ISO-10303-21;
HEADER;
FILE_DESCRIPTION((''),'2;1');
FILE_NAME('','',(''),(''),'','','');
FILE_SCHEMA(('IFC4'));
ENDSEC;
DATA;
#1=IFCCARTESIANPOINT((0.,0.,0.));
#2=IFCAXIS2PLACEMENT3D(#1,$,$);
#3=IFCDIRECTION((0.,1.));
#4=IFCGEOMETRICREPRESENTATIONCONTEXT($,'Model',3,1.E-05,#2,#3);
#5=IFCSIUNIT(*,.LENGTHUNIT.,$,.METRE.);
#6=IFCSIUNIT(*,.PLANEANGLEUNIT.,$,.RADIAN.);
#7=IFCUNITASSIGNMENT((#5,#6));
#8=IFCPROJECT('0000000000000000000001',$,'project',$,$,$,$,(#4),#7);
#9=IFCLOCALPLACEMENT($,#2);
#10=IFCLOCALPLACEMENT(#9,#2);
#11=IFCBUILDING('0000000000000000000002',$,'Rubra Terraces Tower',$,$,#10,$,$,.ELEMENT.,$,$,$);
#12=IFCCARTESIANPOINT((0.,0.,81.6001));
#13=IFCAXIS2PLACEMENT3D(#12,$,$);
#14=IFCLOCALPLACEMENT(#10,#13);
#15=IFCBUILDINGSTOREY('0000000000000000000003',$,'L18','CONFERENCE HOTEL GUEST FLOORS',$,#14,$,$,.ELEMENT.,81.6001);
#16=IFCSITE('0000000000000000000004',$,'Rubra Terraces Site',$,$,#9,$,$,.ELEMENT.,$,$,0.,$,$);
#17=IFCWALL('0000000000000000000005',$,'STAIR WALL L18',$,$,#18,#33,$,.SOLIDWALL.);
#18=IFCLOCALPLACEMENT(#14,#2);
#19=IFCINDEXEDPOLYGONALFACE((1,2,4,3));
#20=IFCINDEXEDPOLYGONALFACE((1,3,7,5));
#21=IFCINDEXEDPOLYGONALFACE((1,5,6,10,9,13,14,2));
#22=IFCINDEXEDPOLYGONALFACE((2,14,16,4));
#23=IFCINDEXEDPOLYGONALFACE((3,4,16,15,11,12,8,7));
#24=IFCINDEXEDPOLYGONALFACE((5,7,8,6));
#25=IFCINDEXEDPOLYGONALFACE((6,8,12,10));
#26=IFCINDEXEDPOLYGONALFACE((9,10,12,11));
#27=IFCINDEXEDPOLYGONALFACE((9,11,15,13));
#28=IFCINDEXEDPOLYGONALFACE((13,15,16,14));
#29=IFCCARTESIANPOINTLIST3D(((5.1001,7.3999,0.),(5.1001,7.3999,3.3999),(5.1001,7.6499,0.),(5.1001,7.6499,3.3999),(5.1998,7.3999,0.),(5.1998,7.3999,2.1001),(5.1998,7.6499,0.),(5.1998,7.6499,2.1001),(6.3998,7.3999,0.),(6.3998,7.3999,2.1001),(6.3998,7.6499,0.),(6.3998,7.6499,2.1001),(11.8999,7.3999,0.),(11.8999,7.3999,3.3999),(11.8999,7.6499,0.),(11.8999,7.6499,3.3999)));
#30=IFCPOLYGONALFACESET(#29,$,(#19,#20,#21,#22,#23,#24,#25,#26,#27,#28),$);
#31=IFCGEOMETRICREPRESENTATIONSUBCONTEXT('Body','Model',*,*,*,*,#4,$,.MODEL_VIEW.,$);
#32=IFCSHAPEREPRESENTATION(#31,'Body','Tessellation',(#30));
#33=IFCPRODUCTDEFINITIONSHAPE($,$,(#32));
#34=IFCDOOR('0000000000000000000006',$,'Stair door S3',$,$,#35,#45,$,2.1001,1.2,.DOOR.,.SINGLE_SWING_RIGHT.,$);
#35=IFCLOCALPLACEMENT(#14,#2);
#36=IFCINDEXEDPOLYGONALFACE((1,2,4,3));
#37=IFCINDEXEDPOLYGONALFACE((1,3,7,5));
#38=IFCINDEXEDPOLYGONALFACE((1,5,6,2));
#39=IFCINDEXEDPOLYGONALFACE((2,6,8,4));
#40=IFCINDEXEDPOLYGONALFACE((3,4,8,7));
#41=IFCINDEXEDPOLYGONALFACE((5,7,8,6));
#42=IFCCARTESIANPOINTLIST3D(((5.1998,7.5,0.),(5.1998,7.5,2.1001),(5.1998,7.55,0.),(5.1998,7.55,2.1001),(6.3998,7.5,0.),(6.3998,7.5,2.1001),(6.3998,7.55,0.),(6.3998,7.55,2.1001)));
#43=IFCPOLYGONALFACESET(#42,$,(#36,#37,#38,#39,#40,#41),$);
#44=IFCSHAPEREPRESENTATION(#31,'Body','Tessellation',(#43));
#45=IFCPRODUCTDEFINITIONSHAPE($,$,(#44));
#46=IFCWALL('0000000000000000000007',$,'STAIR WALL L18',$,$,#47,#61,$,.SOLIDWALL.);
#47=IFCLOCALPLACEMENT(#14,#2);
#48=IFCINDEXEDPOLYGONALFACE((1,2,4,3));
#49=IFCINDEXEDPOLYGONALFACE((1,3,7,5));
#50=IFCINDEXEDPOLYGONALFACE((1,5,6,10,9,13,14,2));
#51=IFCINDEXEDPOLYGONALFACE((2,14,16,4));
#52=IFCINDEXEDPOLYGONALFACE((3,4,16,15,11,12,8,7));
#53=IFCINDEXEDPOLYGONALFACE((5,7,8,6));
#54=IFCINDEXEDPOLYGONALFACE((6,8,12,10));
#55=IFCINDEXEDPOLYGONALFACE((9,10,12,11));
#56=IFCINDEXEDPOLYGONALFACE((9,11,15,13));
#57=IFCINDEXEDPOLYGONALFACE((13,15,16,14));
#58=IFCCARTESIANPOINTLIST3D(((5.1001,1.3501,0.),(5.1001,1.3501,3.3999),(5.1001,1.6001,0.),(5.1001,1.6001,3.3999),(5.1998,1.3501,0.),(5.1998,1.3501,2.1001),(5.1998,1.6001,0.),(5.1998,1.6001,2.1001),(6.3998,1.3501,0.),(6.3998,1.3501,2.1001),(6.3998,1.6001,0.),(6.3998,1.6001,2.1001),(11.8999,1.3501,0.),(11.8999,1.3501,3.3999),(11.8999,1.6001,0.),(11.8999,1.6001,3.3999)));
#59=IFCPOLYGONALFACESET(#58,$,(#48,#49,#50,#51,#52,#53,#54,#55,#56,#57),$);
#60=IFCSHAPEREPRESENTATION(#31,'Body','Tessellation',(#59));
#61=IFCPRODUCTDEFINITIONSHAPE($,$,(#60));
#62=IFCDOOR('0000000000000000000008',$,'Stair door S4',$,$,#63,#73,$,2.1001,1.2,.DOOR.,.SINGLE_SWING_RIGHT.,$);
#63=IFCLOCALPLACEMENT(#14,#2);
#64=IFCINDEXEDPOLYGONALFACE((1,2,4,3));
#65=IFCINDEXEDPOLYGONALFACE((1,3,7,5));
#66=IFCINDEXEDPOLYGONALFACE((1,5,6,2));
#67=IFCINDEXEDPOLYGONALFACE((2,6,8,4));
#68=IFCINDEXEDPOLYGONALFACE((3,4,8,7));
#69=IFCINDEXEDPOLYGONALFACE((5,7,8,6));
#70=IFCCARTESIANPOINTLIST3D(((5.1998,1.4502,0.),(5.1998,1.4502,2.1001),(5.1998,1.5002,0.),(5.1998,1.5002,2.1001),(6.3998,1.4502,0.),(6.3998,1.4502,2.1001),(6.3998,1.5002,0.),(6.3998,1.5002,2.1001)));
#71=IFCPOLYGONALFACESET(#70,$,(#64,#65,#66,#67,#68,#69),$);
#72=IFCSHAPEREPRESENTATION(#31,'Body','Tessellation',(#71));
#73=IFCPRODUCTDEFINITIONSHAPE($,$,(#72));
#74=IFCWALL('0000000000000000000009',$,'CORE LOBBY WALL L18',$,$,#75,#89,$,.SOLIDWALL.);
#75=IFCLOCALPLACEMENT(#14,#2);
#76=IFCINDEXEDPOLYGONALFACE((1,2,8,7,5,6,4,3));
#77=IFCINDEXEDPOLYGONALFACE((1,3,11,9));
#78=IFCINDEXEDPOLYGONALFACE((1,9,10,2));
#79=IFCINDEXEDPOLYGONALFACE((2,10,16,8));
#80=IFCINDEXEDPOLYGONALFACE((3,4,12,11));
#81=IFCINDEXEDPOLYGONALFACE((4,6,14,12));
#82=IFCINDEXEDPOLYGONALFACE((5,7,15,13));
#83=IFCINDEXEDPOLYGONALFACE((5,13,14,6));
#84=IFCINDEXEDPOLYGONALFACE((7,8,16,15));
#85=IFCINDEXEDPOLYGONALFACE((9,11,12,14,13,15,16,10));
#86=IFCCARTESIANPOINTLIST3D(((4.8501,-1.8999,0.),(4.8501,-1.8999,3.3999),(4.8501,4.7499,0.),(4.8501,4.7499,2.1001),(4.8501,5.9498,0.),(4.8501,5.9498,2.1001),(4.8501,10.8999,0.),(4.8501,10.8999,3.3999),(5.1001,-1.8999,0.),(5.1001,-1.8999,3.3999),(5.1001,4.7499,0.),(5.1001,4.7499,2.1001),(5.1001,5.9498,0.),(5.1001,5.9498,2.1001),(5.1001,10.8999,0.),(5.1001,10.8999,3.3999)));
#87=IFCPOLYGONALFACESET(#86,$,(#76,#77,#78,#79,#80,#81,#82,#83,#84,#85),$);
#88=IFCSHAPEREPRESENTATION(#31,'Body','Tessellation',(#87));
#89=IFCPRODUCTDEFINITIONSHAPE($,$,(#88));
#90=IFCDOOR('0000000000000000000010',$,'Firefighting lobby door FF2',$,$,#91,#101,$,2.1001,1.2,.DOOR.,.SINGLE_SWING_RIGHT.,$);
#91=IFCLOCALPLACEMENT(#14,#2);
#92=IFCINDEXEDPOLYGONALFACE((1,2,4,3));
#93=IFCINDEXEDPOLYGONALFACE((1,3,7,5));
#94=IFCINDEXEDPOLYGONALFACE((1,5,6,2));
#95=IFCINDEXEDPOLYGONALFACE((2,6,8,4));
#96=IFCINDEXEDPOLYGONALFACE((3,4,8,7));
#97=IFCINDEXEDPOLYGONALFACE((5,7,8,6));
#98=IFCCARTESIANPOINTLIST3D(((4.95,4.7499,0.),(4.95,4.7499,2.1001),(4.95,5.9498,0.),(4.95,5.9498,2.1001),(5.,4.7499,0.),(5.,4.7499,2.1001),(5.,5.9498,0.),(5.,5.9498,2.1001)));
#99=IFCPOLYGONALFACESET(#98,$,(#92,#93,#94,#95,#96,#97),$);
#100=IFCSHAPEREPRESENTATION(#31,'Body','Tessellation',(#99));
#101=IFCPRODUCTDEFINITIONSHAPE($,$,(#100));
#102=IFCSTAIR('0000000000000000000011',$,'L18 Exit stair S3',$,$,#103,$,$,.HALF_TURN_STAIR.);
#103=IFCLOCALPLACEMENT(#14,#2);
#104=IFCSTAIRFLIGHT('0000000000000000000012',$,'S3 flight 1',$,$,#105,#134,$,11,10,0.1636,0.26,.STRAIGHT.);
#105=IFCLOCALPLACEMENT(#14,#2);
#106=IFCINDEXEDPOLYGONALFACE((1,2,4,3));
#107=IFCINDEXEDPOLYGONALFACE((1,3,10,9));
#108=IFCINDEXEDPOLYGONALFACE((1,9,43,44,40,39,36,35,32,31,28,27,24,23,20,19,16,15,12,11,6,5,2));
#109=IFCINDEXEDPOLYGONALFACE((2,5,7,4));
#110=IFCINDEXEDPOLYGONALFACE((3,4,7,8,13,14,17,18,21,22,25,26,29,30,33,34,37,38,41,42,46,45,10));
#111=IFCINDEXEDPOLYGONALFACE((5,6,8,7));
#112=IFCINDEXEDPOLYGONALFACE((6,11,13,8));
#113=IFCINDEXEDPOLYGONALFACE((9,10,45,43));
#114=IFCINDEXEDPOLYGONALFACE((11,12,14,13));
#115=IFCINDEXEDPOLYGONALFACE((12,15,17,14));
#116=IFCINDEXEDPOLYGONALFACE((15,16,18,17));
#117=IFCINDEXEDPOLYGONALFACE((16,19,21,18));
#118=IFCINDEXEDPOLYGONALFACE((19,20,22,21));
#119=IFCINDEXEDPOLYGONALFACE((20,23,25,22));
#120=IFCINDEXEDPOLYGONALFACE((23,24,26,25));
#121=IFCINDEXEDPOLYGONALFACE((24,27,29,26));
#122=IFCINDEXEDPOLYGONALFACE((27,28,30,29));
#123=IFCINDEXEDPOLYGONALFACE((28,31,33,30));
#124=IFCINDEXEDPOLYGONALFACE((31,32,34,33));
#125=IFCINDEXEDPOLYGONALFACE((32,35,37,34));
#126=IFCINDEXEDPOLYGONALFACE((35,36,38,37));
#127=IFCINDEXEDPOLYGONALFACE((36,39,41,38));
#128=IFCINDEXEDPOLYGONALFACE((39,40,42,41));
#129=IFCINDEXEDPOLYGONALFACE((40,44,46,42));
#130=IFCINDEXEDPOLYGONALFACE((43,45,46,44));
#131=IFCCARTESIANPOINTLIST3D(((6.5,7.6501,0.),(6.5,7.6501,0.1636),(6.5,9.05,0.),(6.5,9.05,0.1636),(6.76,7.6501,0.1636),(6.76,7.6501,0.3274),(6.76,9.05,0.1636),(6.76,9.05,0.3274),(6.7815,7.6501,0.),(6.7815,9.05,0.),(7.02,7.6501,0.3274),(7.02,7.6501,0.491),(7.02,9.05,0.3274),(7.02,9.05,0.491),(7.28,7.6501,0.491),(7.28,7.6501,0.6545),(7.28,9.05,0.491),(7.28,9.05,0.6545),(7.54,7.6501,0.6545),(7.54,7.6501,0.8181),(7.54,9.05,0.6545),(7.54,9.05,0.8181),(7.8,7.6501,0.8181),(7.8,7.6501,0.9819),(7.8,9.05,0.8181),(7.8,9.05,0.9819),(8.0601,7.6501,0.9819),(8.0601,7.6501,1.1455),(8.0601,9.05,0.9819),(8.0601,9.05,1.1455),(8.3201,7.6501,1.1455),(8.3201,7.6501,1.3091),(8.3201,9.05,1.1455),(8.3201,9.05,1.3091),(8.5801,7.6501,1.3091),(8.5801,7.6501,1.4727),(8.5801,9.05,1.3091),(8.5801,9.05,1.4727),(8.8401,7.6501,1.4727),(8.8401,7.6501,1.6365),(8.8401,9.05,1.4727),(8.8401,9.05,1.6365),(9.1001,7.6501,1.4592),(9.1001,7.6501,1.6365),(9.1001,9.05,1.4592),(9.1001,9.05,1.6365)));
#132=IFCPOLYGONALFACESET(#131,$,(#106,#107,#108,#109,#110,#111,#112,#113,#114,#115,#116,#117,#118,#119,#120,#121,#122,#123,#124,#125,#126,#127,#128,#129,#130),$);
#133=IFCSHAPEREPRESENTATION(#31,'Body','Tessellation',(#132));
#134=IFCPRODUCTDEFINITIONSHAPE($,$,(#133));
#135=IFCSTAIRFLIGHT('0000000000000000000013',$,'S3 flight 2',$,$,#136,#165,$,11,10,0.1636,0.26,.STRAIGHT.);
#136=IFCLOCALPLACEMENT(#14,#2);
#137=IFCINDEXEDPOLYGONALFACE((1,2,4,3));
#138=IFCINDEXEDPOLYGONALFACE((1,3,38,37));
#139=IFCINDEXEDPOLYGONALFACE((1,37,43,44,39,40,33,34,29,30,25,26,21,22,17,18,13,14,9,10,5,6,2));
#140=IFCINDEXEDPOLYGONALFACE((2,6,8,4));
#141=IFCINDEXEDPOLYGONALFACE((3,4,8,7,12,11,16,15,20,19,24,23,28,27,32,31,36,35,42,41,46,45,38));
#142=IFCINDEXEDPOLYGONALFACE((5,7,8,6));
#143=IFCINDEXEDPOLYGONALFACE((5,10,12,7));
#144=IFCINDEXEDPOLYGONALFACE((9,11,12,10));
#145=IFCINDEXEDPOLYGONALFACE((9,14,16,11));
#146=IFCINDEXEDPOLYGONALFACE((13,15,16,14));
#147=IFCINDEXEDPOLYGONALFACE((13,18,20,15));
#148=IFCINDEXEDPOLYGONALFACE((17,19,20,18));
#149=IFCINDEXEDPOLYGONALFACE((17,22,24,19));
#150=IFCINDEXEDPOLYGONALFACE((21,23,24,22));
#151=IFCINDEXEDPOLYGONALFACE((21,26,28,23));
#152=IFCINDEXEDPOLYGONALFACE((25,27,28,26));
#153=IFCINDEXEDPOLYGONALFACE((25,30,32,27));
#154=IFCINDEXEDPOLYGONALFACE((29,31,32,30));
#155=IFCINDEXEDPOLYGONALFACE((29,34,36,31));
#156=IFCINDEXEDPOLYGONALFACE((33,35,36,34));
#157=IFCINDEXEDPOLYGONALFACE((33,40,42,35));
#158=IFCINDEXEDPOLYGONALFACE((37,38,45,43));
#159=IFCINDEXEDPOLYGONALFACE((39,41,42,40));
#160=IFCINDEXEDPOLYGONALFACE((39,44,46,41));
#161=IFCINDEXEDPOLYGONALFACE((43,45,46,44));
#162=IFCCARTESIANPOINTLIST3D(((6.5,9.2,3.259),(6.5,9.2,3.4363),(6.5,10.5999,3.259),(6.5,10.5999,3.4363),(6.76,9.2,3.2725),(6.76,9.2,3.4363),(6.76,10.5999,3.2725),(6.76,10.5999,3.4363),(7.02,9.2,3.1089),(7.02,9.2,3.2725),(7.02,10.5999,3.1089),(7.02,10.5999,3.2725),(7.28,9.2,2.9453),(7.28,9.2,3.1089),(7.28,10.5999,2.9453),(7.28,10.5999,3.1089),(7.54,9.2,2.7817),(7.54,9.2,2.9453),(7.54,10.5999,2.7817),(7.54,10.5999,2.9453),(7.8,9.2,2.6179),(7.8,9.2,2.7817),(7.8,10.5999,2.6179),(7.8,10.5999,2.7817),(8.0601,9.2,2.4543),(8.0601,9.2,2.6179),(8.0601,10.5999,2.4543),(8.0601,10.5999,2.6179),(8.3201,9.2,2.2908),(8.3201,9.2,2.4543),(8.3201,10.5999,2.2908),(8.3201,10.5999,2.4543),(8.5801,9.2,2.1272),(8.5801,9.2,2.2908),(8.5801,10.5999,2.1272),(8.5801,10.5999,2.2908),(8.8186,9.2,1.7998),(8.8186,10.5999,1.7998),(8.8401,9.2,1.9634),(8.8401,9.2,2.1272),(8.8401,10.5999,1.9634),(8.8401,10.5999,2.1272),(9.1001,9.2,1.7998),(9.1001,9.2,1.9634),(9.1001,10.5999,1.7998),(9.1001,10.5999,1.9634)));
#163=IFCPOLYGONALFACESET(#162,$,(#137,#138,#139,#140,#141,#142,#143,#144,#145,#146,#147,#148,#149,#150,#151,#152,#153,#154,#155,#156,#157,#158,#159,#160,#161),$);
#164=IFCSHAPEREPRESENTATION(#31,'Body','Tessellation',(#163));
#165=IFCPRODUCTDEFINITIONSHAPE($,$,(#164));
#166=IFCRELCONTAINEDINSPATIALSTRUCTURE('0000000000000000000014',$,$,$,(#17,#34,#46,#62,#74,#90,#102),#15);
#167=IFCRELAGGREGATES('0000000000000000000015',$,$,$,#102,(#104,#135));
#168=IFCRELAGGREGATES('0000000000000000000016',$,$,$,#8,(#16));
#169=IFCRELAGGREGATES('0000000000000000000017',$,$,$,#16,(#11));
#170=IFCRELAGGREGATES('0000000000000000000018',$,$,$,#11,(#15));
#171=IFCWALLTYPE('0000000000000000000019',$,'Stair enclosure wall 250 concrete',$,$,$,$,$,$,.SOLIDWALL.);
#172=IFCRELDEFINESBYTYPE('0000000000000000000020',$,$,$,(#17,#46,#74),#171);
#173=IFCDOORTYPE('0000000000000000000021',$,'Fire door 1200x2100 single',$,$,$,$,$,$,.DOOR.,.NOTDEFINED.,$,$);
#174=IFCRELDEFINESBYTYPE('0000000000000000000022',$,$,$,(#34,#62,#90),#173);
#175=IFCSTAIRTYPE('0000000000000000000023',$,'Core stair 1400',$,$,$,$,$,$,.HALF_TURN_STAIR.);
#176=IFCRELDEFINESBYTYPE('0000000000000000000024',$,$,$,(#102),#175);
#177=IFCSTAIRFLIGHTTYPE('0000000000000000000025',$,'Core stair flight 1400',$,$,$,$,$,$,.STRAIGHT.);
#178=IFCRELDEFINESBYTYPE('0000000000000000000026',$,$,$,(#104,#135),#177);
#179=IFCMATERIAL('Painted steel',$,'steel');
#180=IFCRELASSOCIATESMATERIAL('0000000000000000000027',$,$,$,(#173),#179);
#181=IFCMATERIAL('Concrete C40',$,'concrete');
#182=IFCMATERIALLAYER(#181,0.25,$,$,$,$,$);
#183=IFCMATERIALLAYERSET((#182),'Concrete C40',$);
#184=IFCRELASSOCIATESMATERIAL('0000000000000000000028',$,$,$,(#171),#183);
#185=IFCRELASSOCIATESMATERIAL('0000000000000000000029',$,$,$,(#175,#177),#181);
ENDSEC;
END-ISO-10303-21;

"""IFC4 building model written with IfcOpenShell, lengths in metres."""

from ifc_helpers import new_model, si_unit, direction, frame, frame_2d, origin, place, context, subcontext, project, spatial, polyline, rectangle, outline, extrude, material, layer, layer_set, type_object, element, fill, aggregate, save


model = new_model("IFC4")

# Units and contexts
model_context = context("Model", 3, precision=1e-05, world=origin(), true_north=direction((0.0, 1.0)))
body_context = subcontext(model_context, "Body", "Model", "MODEL_VIEW")
ifc_project = project(units=[si_unit("LENGTHUNIT", "METRE"), si_unit("PLANEANGLEUNIT", "RADIAN")], contexts=[model_context])

# Site, building, storey
site_placement = place(None, origin())
site = spatial("IfcSite", under=ifc_project, at=site_placement, Name="Rubra Terraces Site", CompositionType="ELEMENT", RefElevation=0.0)
building_placement = place(site_placement, origin())
building = spatial("IfcBuilding", under=site, at=building_placement, Name="Rubra Terraces Tower", CompositionType="ELEMENT")
storey_placement = place(building_placement, frame((0.0, 0.0, 81.6001)))
storey = spatial("IfcBuildingStorey", under=building, at=storey_placement, Name="L18", Description="CONFERENCE HOTEL GUEST FLOORS", CompositionType="ELEMENT", Elevation=81.6001)

# Shared definitions
ifc_material_1 = material(Name="Concrete C40", Category="concrete")

# Shared definitions
ifc_material_2 = material(Name="Painted steel", Category="steel")
door_type_1 = type_object("IfcDoorType", Name="Fire door 1200x2100 single", OperationType="NOTDEFINED", PredefinedType="DOOR", material=ifc_material_2)

# Walls, openings, doors
ifc_layer_1 = layer(ifc_material_1, 0.25)
ifc_layer_set_1 = layer_set([ifc_layer_1], Name="Concrete C40")
wall_type_1 = type_object("IfcWallType", Name="Stair enclosure wall 250 concrete", PredefinedType="SOLIDWALL", material=ifc_layer_set_1)
wall_1_placement = place(storey_placement, frame((11.8999, 7.5249, 0.0), z_axis=(0.0, 0.0, 1.0), x_axis=(-1.0, 0.0, 0.0)))
wall_1 = element("IfcWall", 1, at=wall_1_placement, inside=storey, type_object=wall_type_1, Name="STAIR WALL L18", PredefinedType="SOLIDWALL", context=body_context, shape_type="SweptSolid", body=[
    extrude(rectangle(XDim=6.7998, YDim=0.25, at=frame_2d((3.3999, 0.0))), origin(), (0.0, 0.0, 1.0), 3.3999),
])
opening_1_placement = place(wall_1_placement, frame((5.5, 0.0, 0.0)))
opening_1 = element("IfcOpeningElement", 2, at=opening_1_placement, cuts=wall_1, PredefinedType="OPENING", context=body_context, shape_type="SweptSolid", body=[
    extrude(rectangle(XDim=1.2, YDim=2.1001, at=frame_2d((0.6001, 1.05))), frame((0.0, 0.135, 0.0), z_axis=(0.0, -1.0, 0.0), x_axis=(1.0, 0.0, 0.0)), (0.0, 0.0, 1.0), 0.27),
])
door_1_placement = place(opening_1_placement, origin())
door_1 = element("IfcDoor", 3, at=door_1_placement, inside=storey, type_object=door_type_1, Name="Stair door S3", OperationType="SINGLE_SWING_RIGHT", OverallHeight=2.1001, OverallWidth=1.2, PredefinedType="DOOR", context=body_context, shape_type="SweptSolid", body=[
    extrude(rectangle(XDim=1.2, YDim=2.1001, at=frame_2d((0.6001, 1.05))), frame((0.0, 0.0249, 0.0), z_axis=(0.0, -1.0, 0.0), x_axis=(1.0, 0.0, 0.0)), (0.0, 0.0, 1.0), 0.05),
])
fill(opening_1, door_1)
wall_2_placement = place(storey_placement, frame((11.8999, 1.4751, 0.0), z_axis=(0.0, 0.0, 1.0), x_axis=(-1.0, 0.0, 0.0)))
wall_2 = element("IfcWall", 4, at=wall_2_placement, inside=storey, type_object=wall_type_1, Name="STAIR WALL L18", PredefinedType="SOLIDWALL", context=body_context, shape_type="SweptSolid", body=[
    extrude(rectangle(XDim=6.7998, YDim=0.25, at=frame_2d((3.3999, 0.0))), origin(), (0.0, 0.0, 1.0), 3.3999),
])
opening_2_placement = place(wall_2_placement, frame((5.5, 0.0, 0.0)))
opening_2 = element("IfcOpeningElement", 5, at=opening_2_placement, cuts=wall_2, PredefinedType="OPENING", context=body_context, shape_type="SweptSolid", body=[
    extrude(rectangle(XDim=1.2, YDim=2.1001, at=frame_2d((0.6001, 1.05))), frame((0.0, 0.135, 0.0), z_axis=(0.0, -1.0, 0.0), x_axis=(1.0, 0.0, 0.0)), (0.0, 0.0, 1.0), 0.27),
])
door_2_placement = place(opening_2_placement, origin())
door_2 = element("IfcDoor", 6, at=door_2_placement, inside=storey, type_object=door_type_1, Name="Stair door S4", OperationType="SINGLE_SWING_RIGHT", OverallHeight=2.1001, OverallWidth=1.2, PredefinedType="DOOR", context=body_context, shape_type="SweptSolid", body=[
    extrude(rectangle(XDim=1.2, YDim=2.1001, at=frame_2d((0.6001, 1.05))), frame((0.0, 0.0249, 0.0), z_axis=(0.0, -1.0, 0.0), x_axis=(1.0, 0.0, 0.0)), (0.0, 0.0, 1.0), 0.05),
])
fill(opening_2, door_2)
wall_3_placement = place(storey_placement, frame((4.9751, 10.8999, 0.0), z_axis=(0.0, 0.0, 1.0), x_axis=(0.0, -1.0, 0.0)))
wall_3 = element("IfcWall", 7, at=wall_3_placement, inside=storey, type_object=wall_type_1, Name="CORE LOBBY WALL L18", PredefinedType="SOLIDWALL", context=body_context, shape_type="SweptSolid", body=[
    extrude(rectangle(XDim=12.7998, YDim=0.25, at=frame_2d((6.3999, 0.0))), origin(), (0.0, 0.0, 1.0), 3.3999),
])
opening_3_placement = place(wall_3_placement, frame((4.95, 0.0, 0.0)))
opening_3 = element("IfcOpeningElement", 8, at=opening_3_placement, cuts=wall_3, PredefinedType="OPENING", context=body_context, shape_type="SweptSolid", body=[
    extrude(rectangle(XDim=1.2, YDim=2.1001, at=frame_2d((0.6001, 1.05))), frame((0.0, 0.135, 0.0), z_axis=(0.0, -1.0, 0.0), x_axis=(1.0, 0.0, 0.0)), (0.0, 0.0, 1.0), 0.27),
])
door_3_placement = place(opening_3_placement, origin())
door_3 = element("IfcDoor", 9, at=door_3_placement, inside=storey, type_object=door_type_1, Name="Firefighting lobby door FF2", OperationType="SINGLE_SWING_RIGHT", OverallHeight=2.1001, OverallWidth=1.2, PredefinedType="DOOR", context=body_context, shape_type="SweptSolid", body=[
    extrude(rectangle(XDim=1.2, YDim=2.1001, at=frame_2d((0.6001, 1.05))), frame((0.0, 0.0249, 0.0), z_axis=(0.0, -1.0, 0.0), x_axis=(1.0, 0.0, 0.0)), (0.0, 0.0, 1.0), 0.05),
])
fill(opening_3, door_3)

# Stair, stair flights
stair_type = type_object("IfcStairType", Name="Core stair 1400", PredefinedType="HALF_TURN_STAIR", material=ifc_material_1)
stair_1_placement = place(storey_placement, origin())
stair_1 = element("IfcStair", 10, at=stair_1_placement, inside=storey, type_object=stair_type, Name="L18 Exit stair S3", PredefinedType="HALF_TURN_STAIR")
stair_flight_type = type_object("IfcStairFlightType", Name="Core stair flight 1400", PredefinedType="STRAIGHT", material=ifc_material_1)
stair_flight_1_placement = place(storey_placement, frame((6.5, 8.3501, 0.0), z_axis=(0.0, 0.0, 1.0), x_axis=(1.0, 0.0, 0.0)))
stair_flight_1 = element("IfcStairFlight", 11, at=stair_flight_1_placement, type_object=stair_flight_type, Name="S3 flight 1", NumberOfRisers=11, NumberOfTreads=10, PredefinedType="STRAIGHT", RiserHeight=0.1636, TreadLength=0.26, context=body_context, shape_type="SweptSolid", body=[
    extrude(outline(polyline([(0.0, 0.0), (0.0, 0.1636), (0.26, 0.1636), (0.26, 0.3274), (0.52, 0.3274), (0.52, 0.491), (0.78, 0.491), (0.78, 0.6545), (1.04, 0.6545), (1.04, 0.8181), (1.3, 0.8181), (1.3, 0.9819), (1.5601, 0.9819), (1.5601, 1.1455), (1.8201, 1.1455), (1.8201, 1.3091), (2.0801, 1.3091), (2.0801, 1.4727), (2.3401, 1.4727), (2.3401, 1.6365), (2.6001, 1.6365), (2.6001, 1.8), (2.6001, 1.4592), (0.2815, 0.0), (0.0, 0.0)])), frame((0.0, 0.7, 0.0), z_axis=(0.0, -1.0, 0.0), x_axis=(1.0, 0.0, 0.0)), (0.0, 0.0, 1.0), 1.3999),
])
stair_flight_2_placement = place(storey_placement, frame((9.1001, 9.8999, 1.7998), z_axis=(0.0, 0.0, 1.0), x_axis=(-1.0, 0.0, 0.0)))
stair_flight_2 = element("IfcStairFlight", 12, at=stair_flight_2_placement, type_object=stair_flight_type, Name="S3 flight 2", NumberOfRisers=11, NumberOfTreads=10, PredefinedType="STRAIGHT", RiserHeight=0.1636, TreadLength=0.26, context=body_context, shape_type="SweptSolid", body=[
    extrude(outline(polyline([(0.0, 0.0), (0.0, 0.1636), (0.26, 0.1636), (0.26, 0.3274), (0.52, 0.3274), (0.52, 0.491), (0.78, 0.491), (0.78, 0.6545), (1.04, 0.6545), (1.04, 0.8181), (1.3, 0.8181), (1.3, 0.9819), (1.5601, 0.9819), (1.5601, 1.1455), (1.8201, 1.1455), (1.8201, 1.3091), (2.0801, 1.3091), (2.0801, 1.4727), (2.3401, 1.4727), (2.3401, 1.6365), (2.6001, 1.6365), (2.6001, 1.8), (2.6001, 1.4592), (0.2815, 0.0), (0.0, 0.0)])), frame((0.0, 0.7, 0.0), z_axis=(0.0, -1.0, 0.0), x_axis=(1.0, 0.0, 0.0)), (0.0, 0.0, 1.0), 1.3999),
])
aggregate(stair_1, [stair_flight_1, stair_flight_2])

save(model, "model.ifc")
